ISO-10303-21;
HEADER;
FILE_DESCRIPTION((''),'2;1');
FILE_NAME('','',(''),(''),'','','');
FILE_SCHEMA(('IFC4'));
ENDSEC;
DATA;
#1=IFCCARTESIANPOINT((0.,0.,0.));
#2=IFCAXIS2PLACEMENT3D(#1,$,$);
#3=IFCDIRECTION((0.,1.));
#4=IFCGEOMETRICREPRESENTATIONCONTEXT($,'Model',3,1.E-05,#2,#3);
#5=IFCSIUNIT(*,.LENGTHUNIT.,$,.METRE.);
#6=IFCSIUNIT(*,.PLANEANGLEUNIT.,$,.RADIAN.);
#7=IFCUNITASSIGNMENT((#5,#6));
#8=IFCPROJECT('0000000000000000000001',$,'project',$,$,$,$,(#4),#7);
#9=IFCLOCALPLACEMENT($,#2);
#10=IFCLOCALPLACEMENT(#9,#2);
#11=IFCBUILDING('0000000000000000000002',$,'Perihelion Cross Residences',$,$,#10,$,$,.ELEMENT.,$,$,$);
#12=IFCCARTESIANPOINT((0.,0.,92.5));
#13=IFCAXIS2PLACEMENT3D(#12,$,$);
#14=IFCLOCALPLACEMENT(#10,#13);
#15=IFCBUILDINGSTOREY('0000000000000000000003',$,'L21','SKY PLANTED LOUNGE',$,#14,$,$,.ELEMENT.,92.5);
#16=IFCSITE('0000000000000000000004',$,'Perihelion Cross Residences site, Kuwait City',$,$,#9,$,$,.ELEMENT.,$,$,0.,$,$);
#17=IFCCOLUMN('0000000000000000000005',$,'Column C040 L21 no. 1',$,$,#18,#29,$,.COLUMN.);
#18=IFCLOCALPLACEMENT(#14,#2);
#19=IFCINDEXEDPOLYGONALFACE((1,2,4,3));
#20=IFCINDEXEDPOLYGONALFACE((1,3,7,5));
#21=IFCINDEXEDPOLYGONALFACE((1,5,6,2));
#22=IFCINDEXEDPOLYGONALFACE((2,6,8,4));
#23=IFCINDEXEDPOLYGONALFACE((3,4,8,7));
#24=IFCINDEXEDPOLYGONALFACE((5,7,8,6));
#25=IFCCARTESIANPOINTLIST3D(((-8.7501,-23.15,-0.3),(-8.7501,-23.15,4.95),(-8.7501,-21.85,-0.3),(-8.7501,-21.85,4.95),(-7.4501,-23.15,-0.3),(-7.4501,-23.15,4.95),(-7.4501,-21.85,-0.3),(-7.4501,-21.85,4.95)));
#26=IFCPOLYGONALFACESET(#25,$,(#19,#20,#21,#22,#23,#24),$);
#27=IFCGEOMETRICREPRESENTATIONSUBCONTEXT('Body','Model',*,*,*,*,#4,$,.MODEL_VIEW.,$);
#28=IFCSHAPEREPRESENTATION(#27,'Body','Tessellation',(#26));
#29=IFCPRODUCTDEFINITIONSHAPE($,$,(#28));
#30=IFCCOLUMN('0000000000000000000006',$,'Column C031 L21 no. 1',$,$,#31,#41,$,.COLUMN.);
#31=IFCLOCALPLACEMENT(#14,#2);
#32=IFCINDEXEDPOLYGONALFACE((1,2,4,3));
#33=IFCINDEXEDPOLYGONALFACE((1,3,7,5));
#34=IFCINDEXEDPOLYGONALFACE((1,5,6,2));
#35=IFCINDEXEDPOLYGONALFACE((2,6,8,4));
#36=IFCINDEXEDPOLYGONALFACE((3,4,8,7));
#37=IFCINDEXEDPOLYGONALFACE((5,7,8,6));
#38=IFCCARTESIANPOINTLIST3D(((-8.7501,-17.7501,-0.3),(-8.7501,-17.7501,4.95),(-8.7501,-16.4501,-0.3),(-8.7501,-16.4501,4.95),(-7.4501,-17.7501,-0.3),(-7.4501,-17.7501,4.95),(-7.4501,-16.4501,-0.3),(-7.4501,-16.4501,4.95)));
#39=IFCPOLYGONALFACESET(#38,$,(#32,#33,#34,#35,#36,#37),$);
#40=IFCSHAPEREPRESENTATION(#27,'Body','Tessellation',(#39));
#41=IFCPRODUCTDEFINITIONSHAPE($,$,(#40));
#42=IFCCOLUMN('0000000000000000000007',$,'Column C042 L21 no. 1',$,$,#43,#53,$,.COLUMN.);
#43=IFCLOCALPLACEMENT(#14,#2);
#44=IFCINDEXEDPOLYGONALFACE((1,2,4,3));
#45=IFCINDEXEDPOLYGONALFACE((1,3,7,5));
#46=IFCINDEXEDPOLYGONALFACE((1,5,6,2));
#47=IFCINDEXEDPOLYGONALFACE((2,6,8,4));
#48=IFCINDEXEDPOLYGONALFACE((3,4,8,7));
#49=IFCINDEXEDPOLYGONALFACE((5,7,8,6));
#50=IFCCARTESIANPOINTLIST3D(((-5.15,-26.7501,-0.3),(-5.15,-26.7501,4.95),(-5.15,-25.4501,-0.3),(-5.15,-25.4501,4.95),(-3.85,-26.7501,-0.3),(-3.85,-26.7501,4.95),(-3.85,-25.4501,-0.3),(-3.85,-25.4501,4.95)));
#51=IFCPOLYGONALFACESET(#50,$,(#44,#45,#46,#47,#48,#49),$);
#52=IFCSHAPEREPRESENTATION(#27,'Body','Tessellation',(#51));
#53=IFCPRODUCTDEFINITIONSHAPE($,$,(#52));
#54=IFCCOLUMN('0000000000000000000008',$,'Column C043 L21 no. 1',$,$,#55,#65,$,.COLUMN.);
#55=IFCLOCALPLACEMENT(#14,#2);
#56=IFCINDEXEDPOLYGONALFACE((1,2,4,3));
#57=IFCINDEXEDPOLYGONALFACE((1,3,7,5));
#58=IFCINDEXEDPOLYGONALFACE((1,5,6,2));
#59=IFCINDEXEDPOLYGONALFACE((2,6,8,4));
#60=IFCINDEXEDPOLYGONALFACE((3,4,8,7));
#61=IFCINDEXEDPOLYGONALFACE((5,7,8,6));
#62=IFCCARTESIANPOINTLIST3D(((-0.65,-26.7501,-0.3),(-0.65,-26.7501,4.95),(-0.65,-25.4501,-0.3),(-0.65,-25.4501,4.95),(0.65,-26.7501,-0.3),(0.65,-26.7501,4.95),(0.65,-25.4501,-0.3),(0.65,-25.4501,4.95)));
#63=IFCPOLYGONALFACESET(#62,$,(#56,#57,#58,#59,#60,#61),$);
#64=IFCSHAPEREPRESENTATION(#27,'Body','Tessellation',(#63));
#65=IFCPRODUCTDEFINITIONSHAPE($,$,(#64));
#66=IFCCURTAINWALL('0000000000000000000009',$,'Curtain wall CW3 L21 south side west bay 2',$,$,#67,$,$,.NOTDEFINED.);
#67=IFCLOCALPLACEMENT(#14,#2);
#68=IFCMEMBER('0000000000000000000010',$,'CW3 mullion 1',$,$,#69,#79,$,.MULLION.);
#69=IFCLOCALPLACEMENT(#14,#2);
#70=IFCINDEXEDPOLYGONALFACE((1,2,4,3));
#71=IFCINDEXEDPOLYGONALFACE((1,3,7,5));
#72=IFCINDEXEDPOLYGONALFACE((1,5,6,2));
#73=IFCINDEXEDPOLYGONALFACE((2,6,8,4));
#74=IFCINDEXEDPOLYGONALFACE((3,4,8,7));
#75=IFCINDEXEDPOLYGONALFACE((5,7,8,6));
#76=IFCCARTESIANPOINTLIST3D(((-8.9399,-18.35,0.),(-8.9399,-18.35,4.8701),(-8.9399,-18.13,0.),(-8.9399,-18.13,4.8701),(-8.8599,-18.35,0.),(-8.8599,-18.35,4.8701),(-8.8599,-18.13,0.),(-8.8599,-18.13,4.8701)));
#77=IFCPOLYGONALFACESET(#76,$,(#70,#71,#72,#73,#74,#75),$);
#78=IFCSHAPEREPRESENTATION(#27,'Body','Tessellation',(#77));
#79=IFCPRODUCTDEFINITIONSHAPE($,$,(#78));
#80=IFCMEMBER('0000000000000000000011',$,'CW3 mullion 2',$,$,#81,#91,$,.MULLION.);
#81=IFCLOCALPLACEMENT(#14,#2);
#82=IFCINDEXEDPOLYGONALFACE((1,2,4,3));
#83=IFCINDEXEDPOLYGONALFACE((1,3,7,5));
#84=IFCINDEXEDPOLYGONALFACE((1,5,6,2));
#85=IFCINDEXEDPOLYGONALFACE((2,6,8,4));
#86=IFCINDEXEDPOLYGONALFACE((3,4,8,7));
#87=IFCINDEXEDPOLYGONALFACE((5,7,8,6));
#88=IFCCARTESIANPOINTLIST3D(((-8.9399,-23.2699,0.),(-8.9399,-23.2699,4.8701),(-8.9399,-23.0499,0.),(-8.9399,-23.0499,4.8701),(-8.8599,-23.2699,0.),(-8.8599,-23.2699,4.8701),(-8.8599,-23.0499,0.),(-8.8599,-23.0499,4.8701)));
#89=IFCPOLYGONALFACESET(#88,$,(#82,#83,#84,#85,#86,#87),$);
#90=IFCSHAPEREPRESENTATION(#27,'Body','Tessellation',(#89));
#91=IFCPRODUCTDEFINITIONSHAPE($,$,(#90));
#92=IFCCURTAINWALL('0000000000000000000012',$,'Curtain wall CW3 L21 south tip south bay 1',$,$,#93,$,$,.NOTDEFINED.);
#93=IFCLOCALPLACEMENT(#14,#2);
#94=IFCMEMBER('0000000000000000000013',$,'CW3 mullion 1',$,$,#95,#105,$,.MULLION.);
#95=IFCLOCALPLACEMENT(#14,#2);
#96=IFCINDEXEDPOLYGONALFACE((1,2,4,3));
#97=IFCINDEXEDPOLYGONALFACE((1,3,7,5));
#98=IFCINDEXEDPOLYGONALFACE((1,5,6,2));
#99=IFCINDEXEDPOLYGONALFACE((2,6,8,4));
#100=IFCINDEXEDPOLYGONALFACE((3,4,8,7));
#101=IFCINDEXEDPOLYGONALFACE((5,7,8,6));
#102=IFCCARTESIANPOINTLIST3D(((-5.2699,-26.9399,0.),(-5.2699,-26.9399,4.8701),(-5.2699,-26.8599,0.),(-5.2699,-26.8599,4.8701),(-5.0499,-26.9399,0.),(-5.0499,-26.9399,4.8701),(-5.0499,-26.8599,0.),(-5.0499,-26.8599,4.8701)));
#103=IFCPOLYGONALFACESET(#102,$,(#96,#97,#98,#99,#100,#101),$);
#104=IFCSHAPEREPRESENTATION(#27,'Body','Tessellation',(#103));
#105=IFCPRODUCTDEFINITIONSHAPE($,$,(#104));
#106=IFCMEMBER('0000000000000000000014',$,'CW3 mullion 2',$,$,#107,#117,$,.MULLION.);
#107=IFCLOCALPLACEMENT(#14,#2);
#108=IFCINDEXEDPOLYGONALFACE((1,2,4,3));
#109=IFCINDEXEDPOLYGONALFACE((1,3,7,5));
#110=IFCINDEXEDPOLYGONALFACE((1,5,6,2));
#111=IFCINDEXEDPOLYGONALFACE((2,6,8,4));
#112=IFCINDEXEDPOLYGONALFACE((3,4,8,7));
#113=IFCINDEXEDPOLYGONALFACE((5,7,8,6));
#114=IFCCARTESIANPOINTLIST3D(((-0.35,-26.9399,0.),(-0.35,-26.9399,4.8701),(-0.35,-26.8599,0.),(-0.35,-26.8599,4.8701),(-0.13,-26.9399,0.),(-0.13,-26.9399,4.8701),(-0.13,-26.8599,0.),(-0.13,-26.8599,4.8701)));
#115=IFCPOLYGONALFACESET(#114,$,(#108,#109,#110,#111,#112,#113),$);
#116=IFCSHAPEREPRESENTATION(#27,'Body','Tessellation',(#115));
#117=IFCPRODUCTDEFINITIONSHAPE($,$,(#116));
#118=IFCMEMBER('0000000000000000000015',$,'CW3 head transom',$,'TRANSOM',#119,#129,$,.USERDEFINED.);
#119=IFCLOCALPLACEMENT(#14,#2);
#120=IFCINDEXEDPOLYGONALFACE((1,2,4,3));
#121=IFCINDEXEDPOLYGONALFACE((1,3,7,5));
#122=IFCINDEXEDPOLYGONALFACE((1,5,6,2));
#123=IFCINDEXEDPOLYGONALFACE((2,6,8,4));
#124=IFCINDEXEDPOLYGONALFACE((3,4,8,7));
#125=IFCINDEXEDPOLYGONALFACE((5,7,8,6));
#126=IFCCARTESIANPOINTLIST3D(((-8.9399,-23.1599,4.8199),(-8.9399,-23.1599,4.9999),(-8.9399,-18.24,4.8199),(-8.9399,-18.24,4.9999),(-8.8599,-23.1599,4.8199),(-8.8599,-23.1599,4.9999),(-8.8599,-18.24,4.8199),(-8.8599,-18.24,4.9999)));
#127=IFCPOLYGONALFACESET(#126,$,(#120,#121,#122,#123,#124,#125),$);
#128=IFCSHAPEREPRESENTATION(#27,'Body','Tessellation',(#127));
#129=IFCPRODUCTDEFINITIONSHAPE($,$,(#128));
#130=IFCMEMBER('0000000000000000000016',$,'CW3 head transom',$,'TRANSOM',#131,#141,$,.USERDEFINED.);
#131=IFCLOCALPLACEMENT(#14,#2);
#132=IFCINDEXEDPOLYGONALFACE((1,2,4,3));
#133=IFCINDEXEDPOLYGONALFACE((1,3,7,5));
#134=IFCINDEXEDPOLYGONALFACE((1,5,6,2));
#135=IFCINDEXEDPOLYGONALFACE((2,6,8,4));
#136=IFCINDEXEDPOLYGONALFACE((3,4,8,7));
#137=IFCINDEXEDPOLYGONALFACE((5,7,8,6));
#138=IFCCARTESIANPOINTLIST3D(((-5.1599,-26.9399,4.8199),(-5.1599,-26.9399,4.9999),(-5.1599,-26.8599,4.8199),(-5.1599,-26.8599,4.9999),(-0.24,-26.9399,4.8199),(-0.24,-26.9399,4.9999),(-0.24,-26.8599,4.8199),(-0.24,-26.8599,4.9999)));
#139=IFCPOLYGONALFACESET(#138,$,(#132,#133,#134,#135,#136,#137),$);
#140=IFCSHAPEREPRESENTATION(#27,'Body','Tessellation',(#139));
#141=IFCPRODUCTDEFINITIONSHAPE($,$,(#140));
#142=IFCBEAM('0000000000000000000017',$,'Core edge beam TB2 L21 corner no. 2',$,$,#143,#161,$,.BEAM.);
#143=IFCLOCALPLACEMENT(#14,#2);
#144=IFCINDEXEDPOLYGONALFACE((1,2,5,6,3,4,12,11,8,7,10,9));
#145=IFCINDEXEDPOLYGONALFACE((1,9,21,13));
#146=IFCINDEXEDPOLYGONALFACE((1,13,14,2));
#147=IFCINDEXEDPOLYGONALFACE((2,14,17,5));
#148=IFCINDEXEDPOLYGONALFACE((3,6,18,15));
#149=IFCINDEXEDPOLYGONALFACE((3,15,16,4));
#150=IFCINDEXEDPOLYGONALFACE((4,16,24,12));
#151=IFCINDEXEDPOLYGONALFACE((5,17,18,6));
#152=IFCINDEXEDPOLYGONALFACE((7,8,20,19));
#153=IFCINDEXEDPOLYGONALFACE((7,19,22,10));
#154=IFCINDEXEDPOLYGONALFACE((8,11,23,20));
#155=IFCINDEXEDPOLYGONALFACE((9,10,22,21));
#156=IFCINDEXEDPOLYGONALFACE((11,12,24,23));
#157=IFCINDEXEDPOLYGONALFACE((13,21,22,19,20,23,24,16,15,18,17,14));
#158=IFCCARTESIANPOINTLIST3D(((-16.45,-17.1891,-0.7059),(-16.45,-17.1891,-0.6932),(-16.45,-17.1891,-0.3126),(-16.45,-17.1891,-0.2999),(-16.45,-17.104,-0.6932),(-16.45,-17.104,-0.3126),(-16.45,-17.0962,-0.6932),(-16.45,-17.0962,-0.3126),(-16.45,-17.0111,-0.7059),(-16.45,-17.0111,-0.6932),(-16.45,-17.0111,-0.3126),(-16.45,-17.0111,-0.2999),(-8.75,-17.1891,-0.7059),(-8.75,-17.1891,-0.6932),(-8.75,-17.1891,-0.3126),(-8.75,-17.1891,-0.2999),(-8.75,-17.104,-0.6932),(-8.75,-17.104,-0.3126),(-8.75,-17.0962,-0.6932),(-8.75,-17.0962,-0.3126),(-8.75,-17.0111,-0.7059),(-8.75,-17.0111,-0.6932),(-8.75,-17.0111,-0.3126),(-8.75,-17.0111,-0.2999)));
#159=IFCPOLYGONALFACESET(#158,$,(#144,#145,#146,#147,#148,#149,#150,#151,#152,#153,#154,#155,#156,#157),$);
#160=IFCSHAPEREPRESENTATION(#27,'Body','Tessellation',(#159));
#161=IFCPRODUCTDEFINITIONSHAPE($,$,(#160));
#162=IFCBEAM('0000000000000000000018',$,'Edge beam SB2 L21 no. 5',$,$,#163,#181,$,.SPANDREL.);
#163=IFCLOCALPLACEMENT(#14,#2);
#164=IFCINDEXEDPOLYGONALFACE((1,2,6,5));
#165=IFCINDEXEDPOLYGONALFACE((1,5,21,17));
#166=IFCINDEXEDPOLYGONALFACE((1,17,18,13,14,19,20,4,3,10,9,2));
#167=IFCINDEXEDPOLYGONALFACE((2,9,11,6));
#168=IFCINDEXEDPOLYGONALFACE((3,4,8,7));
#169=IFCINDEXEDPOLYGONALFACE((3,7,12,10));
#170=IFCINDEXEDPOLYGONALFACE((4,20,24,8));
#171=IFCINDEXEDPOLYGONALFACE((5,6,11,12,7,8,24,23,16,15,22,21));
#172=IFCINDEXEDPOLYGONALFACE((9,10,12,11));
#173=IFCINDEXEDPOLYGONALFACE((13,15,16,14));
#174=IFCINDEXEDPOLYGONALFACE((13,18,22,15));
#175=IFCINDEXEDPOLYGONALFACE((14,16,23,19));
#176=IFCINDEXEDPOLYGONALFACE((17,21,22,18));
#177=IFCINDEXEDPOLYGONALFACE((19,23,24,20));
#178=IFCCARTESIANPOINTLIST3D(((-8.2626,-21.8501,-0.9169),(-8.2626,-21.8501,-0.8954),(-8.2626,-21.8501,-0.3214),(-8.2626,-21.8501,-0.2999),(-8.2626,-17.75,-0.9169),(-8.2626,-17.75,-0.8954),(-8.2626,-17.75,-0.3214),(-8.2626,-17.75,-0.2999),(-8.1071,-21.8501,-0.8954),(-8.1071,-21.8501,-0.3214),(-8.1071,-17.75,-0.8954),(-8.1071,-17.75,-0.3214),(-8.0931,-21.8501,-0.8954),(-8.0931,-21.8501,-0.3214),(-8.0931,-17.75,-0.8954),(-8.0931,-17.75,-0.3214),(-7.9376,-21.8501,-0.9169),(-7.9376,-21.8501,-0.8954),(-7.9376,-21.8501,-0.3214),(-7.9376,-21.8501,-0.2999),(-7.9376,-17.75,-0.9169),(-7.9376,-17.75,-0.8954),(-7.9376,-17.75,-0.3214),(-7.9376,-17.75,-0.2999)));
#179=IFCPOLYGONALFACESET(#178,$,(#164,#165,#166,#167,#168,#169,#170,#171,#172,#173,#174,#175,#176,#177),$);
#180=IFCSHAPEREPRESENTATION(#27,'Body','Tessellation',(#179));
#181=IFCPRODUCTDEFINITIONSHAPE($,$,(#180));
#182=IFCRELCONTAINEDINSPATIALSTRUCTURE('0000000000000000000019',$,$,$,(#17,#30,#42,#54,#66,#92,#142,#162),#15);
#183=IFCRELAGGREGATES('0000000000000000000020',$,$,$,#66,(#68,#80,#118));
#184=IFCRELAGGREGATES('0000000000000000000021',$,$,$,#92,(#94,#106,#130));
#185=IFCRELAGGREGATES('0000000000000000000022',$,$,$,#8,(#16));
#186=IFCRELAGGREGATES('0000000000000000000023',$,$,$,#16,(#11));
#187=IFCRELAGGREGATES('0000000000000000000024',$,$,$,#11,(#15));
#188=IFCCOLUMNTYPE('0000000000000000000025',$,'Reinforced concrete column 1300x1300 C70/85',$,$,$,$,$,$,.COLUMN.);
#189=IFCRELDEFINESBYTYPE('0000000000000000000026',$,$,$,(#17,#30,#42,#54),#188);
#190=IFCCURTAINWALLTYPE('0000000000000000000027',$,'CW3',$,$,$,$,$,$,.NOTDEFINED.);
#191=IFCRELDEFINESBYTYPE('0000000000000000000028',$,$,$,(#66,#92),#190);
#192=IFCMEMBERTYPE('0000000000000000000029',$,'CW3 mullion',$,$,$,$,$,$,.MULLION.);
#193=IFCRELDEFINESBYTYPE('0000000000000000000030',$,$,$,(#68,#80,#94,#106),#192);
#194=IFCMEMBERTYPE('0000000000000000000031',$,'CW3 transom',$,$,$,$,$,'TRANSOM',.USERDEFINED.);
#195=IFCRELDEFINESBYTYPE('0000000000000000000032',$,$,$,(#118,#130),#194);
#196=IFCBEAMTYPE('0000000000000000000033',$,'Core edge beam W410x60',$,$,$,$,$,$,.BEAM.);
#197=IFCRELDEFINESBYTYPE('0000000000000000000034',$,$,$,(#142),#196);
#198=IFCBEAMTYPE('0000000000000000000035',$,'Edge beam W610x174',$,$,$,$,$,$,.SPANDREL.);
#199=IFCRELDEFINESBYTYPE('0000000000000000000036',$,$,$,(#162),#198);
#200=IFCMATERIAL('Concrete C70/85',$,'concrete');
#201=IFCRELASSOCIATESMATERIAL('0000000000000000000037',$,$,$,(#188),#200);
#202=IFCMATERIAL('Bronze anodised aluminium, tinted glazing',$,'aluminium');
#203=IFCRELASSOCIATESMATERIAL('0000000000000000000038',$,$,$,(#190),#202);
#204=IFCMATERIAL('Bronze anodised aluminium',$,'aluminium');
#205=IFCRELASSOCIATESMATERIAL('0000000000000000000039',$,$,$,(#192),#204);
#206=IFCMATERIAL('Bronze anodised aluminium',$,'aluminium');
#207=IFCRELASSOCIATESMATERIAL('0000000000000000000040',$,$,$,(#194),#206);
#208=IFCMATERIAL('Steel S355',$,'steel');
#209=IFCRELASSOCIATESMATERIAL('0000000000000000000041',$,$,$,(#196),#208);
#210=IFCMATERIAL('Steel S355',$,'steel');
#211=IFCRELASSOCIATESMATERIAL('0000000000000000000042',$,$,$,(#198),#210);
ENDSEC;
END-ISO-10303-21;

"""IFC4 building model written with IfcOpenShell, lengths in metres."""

from ifc_helpers import new_model, si_unit, direction, frame, origin, origin_2d, place, context, subcontext, project, spatial, rectangle, i_section, extrude, material, material_profile, profile_set, type_object, element, aggregate, save


model = new_model("IFC4")

# Units and contexts
model_context = context("Model", 3, precision=1e-05, world=origin(), true_north=direction((0.0, 1.0)))
body_context = subcontext(model_context, "Body", "Model", "MODEL_VIEW")
ifc_project = project(units=[si_unit("LENGTHUNIT", "METRE"), si_unit("PLANEANGLEUNIT", "RADIAN")], contexts=[model_context])

# Site, building, storey
site_placement = place(None, origin())
site = spatial("IfcSite", under=ifc_project, at=site_placement, Name="Perihelion Cross Residences site, Kuwait City", CompositionType="ELEMENT", RefElevation=0.0)
building_placement = place(site_placement, origin())
building = spatial("IfcBuilding", under=site, at=building_placement, Name="Perihelion Cross Residences", CompositionType="ELEMENT")
storey_placement = place(building_placement, frame((0.0, 0.0, 92.5)))
storey = spatial("IfcBuildingStorey", under=building, at=storey_placement, Name="L21", Description="SKY PLANTED LOUNGE", CompositionType="ELEMENT", Elevation=92.5)

# Columns
ifc_material_1 = material(Name="Concrete C70/85", Category="concrete")
ifc_material_profile_1 = material_profile(ifc_material_1, rectangle(XDim=1.3, YDim=1.3, at=origin_2d()), Name="RC 1300x1300")
ifc_profile_set_1 = profile_set([ifc_material_profile_1], Name="Concrete C70/85")
column_type = type_object("IfcColumnType", Name="Reinforced concrete column 1300x1300 C70/85", PredefinedType="COLUMN", material=ifc_profile_set_1)
for number, where, z_axis, x_axis, name in (
    (1, (-8.1001, -22.5, -0.3), (0.0, 0.0, 1.0), (1.0, 0.0, 0.0), "Column C040 L21 no. 1"),
    (2, (-8.1001, -17.1001, -0.3), (0.0, 0.0, 1.0), (1.0, 0.0, 0.0), "Column C031 L21 no. 1"),
    (3, (-4.5, -26.1001, -0.3), (0.0, 0.0, 1.0), (1.0, 0.0, 0.0), "Column C042 L21 no. 1"),
    (4, (0.0, -26.1001, -0.3), (0.0, 0.0, 1.0), (1.0, 0.0, 0.0), "Column C043 L21 no. 1"),
):
    element("IfcColumn", number, at=place(storey_placement, frame(where, z_axis=z_axis, x_axis=x_axis)), inside=storey, type_object=column_type, Name=name, PredefinedType="COLUMN", context=body_context, shape_type="SweptSolid", body=[
        extrude(rectangle(XDim=1.3, YDim=1.3, at=origin_2d()), origin(), (0.0, 0.0, 1.0), 5.25),
    ])

# Curtain walls, members
ifc_material_2 = material(Name="Bronze anodised aluminium, tinted glazing", Category="aluminium")
curtain_wall_type = type_object("IfcCurtainWallType", Name="CW3", PredefinedType="NOTDEFINED", material=ifc_material_2)
curtain_wall_1_placement = place(storey_placement, origin())
curtain_wall_1 = element("IfcCurtainWall", 5, at=curtain_wall_1_placement, inside=storey, type_object=curtain_wall_type, Name="Curtain wall CW3 L21 south side west bay 2", PredefinedType="NOTDEFINED")
ifc_material_3 = material(Name="Bronze anodised aluminium", Category="aluminium")
ifc_material_profile_2 = material_profile(ifc_material_3, rectangle(XDim=0.0801, YDim=0.22, at=origin_2d()), Name="CW3 mullion")
ifc_profile_set_2 = profile_set([ifc_material_profile_2], Name="Bronze anodised aluminium")
member_type_1 = type_object("IfcMemberType", Name="CW3 mullion", PredefinedType="MULLION", material=ifc_profile_set_2)
member_1_placement = place(storey_placement, frame((-8.8999, -18.24, 0.0), z_axis=(0.0, 0.0, 1.0), x_axis=(1.0, 0.0, 0.0)))
member_1 = element("IfcMember", 6, at=member_1_placement, type_object=member_type_1, Name="CW3 mullion 1", PredefinedType="MULLION", context=body_context, shape_type="SweptSolid", body=[
    extrude(rectangle(XDim=0.0801, YDim=0.22, at=origin_2d()), origin(), (0.0, 0.0, 1.0), 4.8701),
])
member_2_placement = place(storey_placement, frame((-8.8999, -23.1599, 0.0), z_axis=(0.0, 0.0, 1.0), x_axis=(1.0, 0.0, 0.0)))
member_2 = element("IfcMember", 7, at=member_2_placement, type_object=member_type_1, Name="CW3 mullion 2", PredefinedType="MULLION", context=body_context, shape_type="SweptSolid", body=[
    extrude(rectangle(XDim=0.0801, YDim=0.22, at=origin_2d()), origin(), (0.0, 0.0, 1.0), 4.8701),
])
curtain_wall_2_placement = place(storey_placement, origin())
curtain_wall_2 = element("IfcCurtainWall", 8, at=curtain_wall_2_placement, inside=storey, type_object=curtain_wall_type, Name="Curtain wall CW3 L21 south tip south bay 1", PredefinedType="NOTDEFINED")
member_3_placement = place(storey_placement, frame((-5.1599, -26.8999, 0.0), z_axis=(0.0, 0.0, 1.0), x_axis=(0.0, 1.0, 0.0)))
member_3 = element("IfcMember", 9, at=member_3_placement, type_object=member_type_1, Name="CW3 mullion 1", PredefinedType="MULLION", context=body_context, shape_type="SweptSolid", body=[
    extrude(rectangle(XDim=0.0801, YDim=0.22, at=origin_2d()), origin(), (0.0, 0.0, 1.0), 4.8701),
])
member_4_placement = place(storey_placement, frame((-0.24, -26.8999, 0.0), z_axis=(0.0, 0.0, 1.0), x_axis=(0.0, 1.0, 0.0)))
member_4 = element("IfcMember", 10, at=member_4_placement, type_object=member_type_1, Name="CW3 mullion 2", PredefinedType="MULLION", context=body_context, shape_type="SweptSolid", body=[
    extrude(rectangle(XDim=0.0801, YDim=0.22, at=origin_2d()), origin(), (0.0, 0.0, 1.0), 4.8701),
])

# Members
ifc_material_4 = material(Name="Bronze anodised aluminium", Category="aluminium")
ifc_material_profile_3 = material_profile(ifc_material_4, rectangle(XDim=0.0801, YDim=0.1799, at=origin_2d()), Name="CW3 transom")
ifc_profile_set_3 = profile_set([ifc_material_profile_3], Name="Bronze anodised aluminium")
member_type_2 = type_object("IfcMemberType", Name="CW3 transom", ElementType="TRANSOM", PredefinedType="USERDEFINED", material=ifc_profile_set_3)
member_5_placement = place(storey_placement, frame((-8.8999, -18.24, 4.9099), z_axis=(0.0, -1.0, 0.0), x_axis=(1.0, 0.0, 0.0)))
member_5 = element("IfcMember", 11, at=member_5_placement, type_object=member_type_2, Name="CW3 head transom", ObjectType="TRANSOM", PredefinedType="USERDEFINED", context=body_context, shape_type="SweptSolid", body=[
    extrude(rectangle(XDim=0.0801, YDim=0.1799, at=origin_2d()), origin(), (0.0, 0.0, 1.0), 4.9199),
])
member_6_placement = place(storey_placement, frame((-5.1599, -26.8999, 4.9099), z_axis=(1.0, 0.0, 0.0), x_axis=(0.0, 1.0, 0.0)))
member_6 = element("IfcMember", 12, at=member_6_placement, type_object=member_type_2, Name="CW3 head transom", ObjectType="TRANSOM", PredefinedType="USERDEFINED", context=body_context, shape_type="SweptSolid", body=[
    extrude(rectangle(XDim=0.0801, YDim=0.1799, at=origin_2d()), origin(), (0.0, 0.0, 1.0), 4.9199),
])

# Beams
ifc_material_5 = material(Name="Steel S355", Category="steel")
ifc_material_profile_4 = material_profile(ifc_material_5, i_section(OverallWidth=0.178, OverallDepth=0.406, WebThickness=0.0078, FlangeThickness=0.0127, at=origin_2d()), Name="W410x60")
ifc_profile_set_4 = profile_set([ifc_material_profile_4], Name="Steel S355")
beam_type_1 = type_object("IfcBeamType", Name="Core edge beam W410x60", PredefinedType="BEAM", material=ifc_profile_set_4)
beam_1_placement = place(storey_placement, frame((-8.75, -17.1001, -0.5029), z_axis=(-1.0, 0.0, 0.0), x_axis=(0.0, -1.0, 0.0)))
element("IfcBeam", 13, at=beam_1_placement, inside=storey, type_object=beam_type_1, Name="Core edge beam TB2 L21 corner no. 2", PredefinedType="BEAM", context=body_context, shape_type="SweptSolid", body=[
    extrude(i_section(OverallWidth=0.178, OverallDepth=0.406, WebThickness=0.0078, FlangeThickness=0.0127, at=origin_2d()), origin(), (0.0, 0.0, 1.0), 7.7),
])
ifc_material_6 = material(Name="Steel S355", Category="steel")
ifc_material_profile_5 = material_profile(ifc_material_6, i_section(OverallWidth=0.325, OverallDepth=0.6169, WebThickness=0.0139, FlangeThickness=0.0215, at=origin_2d()), Name="W610x174")
ifc_profile_set_5 = profile_set([ifc_material_profile_5], Name="Steel S355")
beam_type_2 = type_object("IfcBeamType", Name="Edge beam W610x174", PredefinedType="SPANDREL", material=ifc_profile_set_5)
beam_2_placement = place(storey_placement, frame((-8.1001, -17.75, -0.6084), z_axis=(0.0, -1.0, 0.0), x_axis=(1.0, 0.0, 0.0)))
element("IfcBeam", 14, at=beam_2_placement, inside=storey, type_object=beam_type_2, Name="Edge beam SB2 L21 no. 5", PredefinedType="SPANDREL", context=body_context, shape_type="SweptSolid", body=[
    extrude(i_section(OverallWidth=0.325, OverallDepth=0.6169, WebThickness=0.0139, FlangeThickness=0.0215, at=origin_2d()), origin(), (0.0, 0.0, 1.0), 4.1001),
])

aggregate(curtain_wall_1, [member_1, member_2, member_5])
aggregate(curtain_wall_2, [member_3, member_4, member_6])

save(model, "model.ifc")
